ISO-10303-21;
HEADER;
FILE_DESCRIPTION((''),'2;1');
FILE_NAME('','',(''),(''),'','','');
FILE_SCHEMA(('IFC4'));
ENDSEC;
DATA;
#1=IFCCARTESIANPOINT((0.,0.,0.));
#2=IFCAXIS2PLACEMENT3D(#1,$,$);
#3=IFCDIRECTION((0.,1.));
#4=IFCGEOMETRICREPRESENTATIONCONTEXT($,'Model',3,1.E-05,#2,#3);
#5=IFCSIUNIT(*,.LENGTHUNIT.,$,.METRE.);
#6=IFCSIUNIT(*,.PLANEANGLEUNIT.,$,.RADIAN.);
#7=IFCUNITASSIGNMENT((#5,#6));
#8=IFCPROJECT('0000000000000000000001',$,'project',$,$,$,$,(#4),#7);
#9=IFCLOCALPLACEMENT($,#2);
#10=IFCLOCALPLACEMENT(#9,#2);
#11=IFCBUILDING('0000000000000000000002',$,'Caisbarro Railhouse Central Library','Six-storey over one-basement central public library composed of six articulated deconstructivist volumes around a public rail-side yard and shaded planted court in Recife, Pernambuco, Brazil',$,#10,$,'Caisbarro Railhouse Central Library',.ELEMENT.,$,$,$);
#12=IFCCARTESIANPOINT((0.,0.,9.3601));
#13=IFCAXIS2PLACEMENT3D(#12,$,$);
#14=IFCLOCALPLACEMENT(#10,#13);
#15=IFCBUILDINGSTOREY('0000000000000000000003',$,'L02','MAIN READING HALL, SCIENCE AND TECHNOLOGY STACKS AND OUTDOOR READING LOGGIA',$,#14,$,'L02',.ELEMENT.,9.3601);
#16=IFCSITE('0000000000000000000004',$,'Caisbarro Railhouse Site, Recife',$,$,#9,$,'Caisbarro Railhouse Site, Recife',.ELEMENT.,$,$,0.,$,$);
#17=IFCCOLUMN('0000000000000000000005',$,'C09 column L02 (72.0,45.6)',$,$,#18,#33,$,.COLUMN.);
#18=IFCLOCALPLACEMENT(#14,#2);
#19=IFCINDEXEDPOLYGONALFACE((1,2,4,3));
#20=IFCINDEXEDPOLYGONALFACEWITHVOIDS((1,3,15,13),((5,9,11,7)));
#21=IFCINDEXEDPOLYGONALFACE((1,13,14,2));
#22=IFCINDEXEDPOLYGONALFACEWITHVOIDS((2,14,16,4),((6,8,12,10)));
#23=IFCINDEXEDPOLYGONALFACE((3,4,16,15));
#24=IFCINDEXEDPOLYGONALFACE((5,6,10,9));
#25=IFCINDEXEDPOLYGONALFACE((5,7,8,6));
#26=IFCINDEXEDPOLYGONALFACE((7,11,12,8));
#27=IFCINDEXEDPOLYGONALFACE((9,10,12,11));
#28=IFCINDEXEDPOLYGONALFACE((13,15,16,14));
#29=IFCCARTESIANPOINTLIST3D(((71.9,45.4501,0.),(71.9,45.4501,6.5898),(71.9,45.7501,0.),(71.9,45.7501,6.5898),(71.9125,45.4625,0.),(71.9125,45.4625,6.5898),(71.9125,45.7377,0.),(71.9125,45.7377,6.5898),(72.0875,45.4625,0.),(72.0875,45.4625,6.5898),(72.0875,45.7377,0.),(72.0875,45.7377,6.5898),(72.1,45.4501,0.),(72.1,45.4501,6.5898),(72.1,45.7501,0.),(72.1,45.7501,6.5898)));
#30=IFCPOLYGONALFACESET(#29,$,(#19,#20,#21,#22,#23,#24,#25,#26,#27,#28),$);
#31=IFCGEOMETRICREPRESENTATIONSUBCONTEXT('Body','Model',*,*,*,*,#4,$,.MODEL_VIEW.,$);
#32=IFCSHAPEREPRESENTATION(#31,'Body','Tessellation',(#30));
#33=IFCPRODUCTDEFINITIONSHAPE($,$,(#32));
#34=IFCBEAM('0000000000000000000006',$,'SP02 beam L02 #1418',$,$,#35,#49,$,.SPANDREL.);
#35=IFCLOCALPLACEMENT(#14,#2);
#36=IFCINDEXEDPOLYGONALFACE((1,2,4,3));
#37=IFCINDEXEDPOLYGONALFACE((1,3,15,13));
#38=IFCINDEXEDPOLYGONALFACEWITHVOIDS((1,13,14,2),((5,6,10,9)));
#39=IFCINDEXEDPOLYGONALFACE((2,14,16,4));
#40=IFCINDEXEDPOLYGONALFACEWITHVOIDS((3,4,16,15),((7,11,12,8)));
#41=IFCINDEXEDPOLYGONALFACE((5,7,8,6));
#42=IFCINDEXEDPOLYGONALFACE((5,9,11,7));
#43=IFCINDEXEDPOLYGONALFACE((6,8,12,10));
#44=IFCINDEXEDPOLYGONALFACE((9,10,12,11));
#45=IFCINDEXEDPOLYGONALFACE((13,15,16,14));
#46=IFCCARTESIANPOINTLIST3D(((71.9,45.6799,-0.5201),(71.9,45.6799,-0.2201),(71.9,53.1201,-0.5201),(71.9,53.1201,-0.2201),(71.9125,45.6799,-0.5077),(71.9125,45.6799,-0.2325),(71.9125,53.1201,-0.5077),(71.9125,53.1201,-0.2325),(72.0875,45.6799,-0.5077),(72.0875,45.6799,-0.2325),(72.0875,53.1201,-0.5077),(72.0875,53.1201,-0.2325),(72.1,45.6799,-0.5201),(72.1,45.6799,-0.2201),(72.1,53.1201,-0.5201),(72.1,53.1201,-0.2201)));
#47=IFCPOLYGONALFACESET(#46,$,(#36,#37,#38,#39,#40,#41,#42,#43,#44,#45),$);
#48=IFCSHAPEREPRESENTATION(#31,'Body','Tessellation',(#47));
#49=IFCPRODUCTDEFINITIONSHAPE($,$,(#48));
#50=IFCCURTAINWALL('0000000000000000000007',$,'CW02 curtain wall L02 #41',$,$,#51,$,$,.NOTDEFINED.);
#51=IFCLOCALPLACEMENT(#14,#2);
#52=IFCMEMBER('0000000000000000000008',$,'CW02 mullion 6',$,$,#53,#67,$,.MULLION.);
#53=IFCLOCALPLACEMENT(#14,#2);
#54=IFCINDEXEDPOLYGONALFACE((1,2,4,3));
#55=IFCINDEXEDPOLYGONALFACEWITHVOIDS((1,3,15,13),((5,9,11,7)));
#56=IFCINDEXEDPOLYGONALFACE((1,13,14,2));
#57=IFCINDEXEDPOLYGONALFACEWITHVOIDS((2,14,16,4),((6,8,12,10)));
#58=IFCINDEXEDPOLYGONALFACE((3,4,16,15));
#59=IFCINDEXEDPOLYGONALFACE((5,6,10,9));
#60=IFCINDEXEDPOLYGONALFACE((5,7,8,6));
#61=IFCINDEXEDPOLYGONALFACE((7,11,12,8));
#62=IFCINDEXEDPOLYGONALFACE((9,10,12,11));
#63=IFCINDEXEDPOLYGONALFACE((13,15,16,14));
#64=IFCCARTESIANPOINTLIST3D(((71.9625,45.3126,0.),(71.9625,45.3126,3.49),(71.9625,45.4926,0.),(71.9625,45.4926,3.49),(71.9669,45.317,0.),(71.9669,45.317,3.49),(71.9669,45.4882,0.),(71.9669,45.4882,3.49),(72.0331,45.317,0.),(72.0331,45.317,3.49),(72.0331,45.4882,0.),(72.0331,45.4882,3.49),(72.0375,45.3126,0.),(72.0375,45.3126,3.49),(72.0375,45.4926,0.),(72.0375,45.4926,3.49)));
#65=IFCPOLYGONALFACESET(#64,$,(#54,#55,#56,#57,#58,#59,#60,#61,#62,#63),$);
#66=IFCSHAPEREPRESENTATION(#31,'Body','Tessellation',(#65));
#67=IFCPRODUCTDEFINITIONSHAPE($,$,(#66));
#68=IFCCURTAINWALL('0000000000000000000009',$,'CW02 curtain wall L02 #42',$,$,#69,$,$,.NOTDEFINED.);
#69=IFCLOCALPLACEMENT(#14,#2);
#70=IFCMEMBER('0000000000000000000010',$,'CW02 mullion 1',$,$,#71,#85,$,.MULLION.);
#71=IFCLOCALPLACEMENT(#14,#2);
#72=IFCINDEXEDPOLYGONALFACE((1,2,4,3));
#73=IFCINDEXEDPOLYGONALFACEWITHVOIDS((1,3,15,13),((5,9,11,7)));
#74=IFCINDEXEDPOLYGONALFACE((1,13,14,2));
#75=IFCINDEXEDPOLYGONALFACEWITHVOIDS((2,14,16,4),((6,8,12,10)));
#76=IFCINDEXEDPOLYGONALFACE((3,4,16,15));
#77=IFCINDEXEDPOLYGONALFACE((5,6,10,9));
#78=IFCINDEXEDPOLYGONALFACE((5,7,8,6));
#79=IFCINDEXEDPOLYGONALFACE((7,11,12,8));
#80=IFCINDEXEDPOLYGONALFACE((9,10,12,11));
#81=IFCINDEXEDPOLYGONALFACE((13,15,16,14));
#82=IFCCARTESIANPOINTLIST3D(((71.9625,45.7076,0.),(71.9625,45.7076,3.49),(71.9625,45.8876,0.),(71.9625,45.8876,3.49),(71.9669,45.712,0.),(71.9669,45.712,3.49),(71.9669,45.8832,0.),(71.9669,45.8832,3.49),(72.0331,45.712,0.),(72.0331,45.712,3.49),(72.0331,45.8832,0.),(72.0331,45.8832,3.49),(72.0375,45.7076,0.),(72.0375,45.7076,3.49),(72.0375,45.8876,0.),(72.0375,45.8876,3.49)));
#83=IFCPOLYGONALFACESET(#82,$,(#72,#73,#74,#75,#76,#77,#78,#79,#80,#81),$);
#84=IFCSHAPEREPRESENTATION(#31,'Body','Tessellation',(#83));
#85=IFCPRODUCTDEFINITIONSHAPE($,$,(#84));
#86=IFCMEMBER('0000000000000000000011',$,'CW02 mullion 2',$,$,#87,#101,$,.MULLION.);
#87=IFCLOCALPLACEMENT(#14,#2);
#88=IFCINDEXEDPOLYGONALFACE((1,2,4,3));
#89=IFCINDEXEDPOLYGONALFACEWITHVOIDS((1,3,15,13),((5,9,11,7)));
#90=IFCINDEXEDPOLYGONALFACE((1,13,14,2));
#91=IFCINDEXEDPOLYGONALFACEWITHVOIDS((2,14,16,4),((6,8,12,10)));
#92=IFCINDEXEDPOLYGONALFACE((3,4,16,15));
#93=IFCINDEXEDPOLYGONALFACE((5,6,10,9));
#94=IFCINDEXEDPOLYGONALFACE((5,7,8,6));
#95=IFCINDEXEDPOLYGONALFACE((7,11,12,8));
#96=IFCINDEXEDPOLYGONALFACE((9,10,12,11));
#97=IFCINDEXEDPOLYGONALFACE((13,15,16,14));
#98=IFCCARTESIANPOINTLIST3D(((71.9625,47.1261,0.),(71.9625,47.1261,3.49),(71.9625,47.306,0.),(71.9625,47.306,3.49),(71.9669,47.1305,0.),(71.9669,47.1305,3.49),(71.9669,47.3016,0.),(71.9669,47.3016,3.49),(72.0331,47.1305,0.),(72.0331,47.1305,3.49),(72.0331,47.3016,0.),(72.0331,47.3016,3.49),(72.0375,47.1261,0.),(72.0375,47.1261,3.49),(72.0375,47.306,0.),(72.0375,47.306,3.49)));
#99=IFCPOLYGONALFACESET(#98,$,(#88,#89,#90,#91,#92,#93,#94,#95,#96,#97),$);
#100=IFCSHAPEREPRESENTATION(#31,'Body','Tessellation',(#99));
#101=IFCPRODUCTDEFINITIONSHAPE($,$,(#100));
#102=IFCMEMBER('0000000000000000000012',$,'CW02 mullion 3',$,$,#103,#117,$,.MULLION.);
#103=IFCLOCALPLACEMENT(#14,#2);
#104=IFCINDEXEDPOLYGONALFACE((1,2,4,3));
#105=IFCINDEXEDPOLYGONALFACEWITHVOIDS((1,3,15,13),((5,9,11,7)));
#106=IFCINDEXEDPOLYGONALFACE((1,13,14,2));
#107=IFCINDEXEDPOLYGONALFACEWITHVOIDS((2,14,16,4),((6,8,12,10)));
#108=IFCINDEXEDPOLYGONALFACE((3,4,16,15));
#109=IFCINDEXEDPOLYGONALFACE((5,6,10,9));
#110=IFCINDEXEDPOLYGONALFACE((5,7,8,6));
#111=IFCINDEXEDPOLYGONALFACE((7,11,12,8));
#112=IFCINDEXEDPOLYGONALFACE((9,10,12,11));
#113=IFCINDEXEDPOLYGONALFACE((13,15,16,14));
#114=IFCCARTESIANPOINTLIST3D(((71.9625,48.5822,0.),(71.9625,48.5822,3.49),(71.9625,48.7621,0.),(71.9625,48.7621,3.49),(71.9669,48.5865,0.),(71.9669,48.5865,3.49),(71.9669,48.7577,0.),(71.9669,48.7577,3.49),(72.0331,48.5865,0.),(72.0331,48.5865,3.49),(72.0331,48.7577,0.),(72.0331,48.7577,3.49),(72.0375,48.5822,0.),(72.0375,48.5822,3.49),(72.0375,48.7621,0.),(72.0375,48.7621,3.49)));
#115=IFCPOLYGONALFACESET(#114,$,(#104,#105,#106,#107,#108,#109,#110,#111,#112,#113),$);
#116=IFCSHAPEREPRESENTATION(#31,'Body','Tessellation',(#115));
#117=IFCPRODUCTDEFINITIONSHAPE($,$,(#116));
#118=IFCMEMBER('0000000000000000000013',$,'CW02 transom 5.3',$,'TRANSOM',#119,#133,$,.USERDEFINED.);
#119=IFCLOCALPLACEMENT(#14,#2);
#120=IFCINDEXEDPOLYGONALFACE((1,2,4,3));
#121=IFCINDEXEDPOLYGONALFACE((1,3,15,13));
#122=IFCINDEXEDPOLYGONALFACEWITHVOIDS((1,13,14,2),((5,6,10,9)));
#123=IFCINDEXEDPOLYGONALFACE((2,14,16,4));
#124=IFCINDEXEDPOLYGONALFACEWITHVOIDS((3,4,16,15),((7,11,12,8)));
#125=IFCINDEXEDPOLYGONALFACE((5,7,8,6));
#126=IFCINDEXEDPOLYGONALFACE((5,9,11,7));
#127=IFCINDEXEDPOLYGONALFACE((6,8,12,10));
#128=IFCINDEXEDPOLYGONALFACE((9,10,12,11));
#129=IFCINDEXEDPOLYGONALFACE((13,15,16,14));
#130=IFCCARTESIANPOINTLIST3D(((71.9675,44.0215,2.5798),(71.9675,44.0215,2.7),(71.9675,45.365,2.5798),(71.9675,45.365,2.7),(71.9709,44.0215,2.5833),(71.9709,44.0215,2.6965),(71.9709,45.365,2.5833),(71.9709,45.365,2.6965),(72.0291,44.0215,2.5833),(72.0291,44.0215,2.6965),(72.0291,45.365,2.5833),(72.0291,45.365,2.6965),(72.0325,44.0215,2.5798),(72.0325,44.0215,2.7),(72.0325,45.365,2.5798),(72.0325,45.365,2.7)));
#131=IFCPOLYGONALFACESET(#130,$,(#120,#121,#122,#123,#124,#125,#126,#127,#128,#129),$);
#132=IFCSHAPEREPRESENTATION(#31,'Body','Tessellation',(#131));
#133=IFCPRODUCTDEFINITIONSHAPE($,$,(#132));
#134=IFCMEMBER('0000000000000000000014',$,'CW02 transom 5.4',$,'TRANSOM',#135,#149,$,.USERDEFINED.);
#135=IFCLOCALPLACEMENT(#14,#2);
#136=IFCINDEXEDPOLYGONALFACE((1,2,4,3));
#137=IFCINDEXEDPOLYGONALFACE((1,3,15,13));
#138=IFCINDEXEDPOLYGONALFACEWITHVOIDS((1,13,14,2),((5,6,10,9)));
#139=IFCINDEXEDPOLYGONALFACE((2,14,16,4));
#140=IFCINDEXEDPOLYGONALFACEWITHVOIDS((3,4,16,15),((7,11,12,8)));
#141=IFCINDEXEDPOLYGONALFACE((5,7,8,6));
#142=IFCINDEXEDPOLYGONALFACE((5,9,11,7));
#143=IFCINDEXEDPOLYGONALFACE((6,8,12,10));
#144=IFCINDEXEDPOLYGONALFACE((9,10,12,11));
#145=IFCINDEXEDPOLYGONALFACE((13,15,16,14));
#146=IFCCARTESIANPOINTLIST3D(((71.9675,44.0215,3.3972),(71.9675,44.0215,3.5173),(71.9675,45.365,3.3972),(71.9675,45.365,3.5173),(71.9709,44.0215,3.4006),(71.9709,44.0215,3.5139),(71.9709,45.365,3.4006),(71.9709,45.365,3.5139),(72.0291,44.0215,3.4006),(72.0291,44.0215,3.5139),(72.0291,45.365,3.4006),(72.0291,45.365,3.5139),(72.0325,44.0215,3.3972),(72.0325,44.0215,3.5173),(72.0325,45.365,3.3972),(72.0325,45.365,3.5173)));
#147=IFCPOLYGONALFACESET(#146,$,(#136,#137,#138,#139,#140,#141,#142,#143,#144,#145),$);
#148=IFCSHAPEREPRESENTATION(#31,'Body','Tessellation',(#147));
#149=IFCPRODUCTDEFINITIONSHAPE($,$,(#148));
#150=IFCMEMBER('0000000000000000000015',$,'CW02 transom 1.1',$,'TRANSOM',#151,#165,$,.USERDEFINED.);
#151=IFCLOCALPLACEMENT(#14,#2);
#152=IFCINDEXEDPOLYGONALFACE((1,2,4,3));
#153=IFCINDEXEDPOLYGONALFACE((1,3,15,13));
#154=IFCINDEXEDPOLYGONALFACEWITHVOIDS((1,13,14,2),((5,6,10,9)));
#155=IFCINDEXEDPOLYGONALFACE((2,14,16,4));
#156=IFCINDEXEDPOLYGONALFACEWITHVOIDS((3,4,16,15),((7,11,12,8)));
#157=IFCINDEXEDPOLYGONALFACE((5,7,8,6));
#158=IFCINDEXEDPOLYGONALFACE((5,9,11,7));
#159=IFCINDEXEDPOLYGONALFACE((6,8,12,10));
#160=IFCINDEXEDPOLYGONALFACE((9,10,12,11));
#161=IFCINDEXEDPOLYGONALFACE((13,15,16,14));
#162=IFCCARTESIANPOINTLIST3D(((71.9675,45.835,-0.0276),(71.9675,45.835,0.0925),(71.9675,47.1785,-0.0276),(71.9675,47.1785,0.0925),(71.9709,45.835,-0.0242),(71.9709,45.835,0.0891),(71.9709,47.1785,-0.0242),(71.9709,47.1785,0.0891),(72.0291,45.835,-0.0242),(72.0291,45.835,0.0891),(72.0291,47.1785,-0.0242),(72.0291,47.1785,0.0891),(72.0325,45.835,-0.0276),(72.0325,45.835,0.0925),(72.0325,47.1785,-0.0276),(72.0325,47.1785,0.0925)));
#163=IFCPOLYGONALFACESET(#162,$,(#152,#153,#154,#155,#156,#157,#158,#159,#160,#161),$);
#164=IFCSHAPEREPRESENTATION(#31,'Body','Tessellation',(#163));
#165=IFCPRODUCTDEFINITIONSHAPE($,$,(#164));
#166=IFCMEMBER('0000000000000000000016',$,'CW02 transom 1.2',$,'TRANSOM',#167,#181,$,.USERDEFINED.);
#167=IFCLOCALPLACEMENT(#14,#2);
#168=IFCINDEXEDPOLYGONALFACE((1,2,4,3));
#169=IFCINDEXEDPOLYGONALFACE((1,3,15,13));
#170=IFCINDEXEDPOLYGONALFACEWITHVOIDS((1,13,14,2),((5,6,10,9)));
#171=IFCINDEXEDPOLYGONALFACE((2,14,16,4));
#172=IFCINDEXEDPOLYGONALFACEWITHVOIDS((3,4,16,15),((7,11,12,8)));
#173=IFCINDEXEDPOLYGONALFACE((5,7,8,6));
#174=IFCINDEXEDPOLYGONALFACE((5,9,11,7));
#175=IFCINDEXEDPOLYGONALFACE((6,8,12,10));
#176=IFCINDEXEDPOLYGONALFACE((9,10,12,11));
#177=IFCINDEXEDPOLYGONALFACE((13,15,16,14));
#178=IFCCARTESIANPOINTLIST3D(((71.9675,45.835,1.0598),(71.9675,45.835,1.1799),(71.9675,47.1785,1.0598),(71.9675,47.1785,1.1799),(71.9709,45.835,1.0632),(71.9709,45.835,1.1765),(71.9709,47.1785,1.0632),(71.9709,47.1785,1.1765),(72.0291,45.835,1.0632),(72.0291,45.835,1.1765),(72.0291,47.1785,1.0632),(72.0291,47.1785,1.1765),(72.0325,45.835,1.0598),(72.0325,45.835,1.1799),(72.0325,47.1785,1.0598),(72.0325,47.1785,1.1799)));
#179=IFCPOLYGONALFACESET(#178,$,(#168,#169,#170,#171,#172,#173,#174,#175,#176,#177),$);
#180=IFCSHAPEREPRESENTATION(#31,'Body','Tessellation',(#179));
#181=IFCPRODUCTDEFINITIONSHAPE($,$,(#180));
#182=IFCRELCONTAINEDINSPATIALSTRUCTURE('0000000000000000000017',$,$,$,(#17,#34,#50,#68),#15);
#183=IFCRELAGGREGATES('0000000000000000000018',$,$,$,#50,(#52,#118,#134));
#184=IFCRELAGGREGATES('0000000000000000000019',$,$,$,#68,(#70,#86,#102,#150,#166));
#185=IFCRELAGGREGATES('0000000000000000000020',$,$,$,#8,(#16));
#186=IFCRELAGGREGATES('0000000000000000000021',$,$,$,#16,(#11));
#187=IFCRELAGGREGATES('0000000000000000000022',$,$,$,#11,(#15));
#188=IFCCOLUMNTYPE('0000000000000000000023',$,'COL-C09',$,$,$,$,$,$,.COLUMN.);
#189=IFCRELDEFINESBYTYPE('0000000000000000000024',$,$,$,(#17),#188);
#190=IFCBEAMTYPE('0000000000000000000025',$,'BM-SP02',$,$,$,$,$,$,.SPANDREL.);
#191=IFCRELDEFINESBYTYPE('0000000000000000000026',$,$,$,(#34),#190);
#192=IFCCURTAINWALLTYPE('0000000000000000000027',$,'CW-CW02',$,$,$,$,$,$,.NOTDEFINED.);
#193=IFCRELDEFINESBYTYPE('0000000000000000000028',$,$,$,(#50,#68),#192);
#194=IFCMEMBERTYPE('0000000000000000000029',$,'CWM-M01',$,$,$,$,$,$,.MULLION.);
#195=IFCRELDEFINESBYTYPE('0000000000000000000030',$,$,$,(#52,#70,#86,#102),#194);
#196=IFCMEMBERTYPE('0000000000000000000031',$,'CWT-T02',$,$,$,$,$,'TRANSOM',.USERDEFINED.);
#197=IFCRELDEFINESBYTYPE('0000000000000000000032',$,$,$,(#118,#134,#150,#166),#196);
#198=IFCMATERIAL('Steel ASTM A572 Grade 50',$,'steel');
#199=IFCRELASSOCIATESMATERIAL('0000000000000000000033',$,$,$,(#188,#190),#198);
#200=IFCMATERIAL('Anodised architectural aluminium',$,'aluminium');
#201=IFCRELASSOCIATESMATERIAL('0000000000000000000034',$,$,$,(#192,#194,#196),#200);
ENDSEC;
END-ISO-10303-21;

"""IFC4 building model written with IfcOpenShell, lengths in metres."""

from ifc_helpers import new_model, si_unit, direction, frame, origin, origin_2d, place, context, subcontext, project, spatial, hollow_rectangle, extrude, material, material_profile, profile_set, type_object, element, aggregate, save


model = new_model("IFC4")

# Units and contexts
model_context = context("Model", 3, precision=1e-05, world=origin(), true_north=direction((0.0, 1.0)))
body_context = subcontext(model_context, "Body", "Model", "MODEL_VIEW")
ifc_project = project(units=[si_unit("LENGTHUNIT", "METRE"), si_unit("PLANEANGLEUNIT", "RADIAN")], contexts=[model_context])

# Site, building, storey
site_placement = place(None, origin())
site = spatial("IfcSite", under=ifc_project, at=site_placement, Name="Caisbarro Railhouse Site, Recife", LongName="Caisbarro Railhouse Site, Recife", CompositionType="ELEMENT", RefElevation=0.0)
building_placement = place(site_placement, origin())
building = spatial("IfcBuilding", under=site, at=building_placement, Name="Caisbarro Railhouse Central Library", Description="Six-storey over one-basement central public library composed of six articulated deconstructivist volumes around a public rail-side yard and shaded planted court in Recife, Pernambuco, Brazil", LongName="Caisbarro Railhouse Central Library", CompositionType="ELEMENT")
storey_placement = place(building_placement, frame((0.0, 0.0, 9.3601)))
storey = spatial("IfcBuildingStorey", under=building, at=storey_placement, Name="L02", Description="MAIN READING HALL, SCIENCE AND TECHNOLOGY STACKS AND OUTDOOR READING LOGGIA", LongName="L02", CompositionType="ELEMENT", Elevation=9.3601)

# Column
ifc_material_1 = material(Name="Steel ASTM A572 Grade 50", Category="steel")
ifc_material_profile_1 = material_profile(ifc_material_1, hollow_rectangle(XDim=0.2, YDim=0.3, WallThickness=0.0125, at=origin_2d()), Name="HSS300X200X12.5")
ifc_profile_set_1 = profile_set([ifc_material_profile_1], Name="Steel ASTM A572 Grade 50")
column_type = type_object("IfcColumnType", Name="COL-C09", PredefinedType="COLUMN", material=ifc_profile_set_1)
column_placement = place(storey_placement, frame((72.0, 45.6001, 0.0), z_axis=(0.0, 0.0, 1.0), x_axis=(1.0, 0.0, 0.0)))
element("IfcColumn", 1, at=column_placement, inside=storey, type_object=column_type, Name="C09 column L02 (72.0,45.6)", PredefinedType="COLUMN", context=body_context, shape_type="SweptSolid", body=[
    extrude(hollow_rectangle(XDim=0.2, YDim=0.3, WallThickness=0.0125, at=origin_2d()), origin(), (0.0, 0.0, 1.0), 6.5898),
])

# Beam
ifc_material_profile_2 = material_profile(ifc_material_1, hollow_rectangle(XDim=0.2, YDim=0.3, WallThickness=0.0125, at=origin_2d()), Name="HSS300X200X12.5")
ifc_profile_set_2 = profile_set([ifc_material_profile_2], Name="Steel ASTM A572 Grade 50")
beam_type = type_object("IfcBeamType", Name="BM-SP02", PredefinedType="SPANDREL", material=ifc_profile_set_2)
beam_placement = place(storey_placement, frame((72.0, 45.6799, -0.3701), z_axis=(0.0, 1.0, 0.0), x_axis=(-1.0, 0.0, 0.0)))
element("IfcBeam", 2, at=beam_placement, inside=storey, type_object=beam_type, Name="SP02 beam L02 #1418", PredefinedType="SPANDREL", context=body_context, shape_type="SweptSolid", body=[
    extrude(hollow_rectangle(XDim=0.2, YDim=0.3, WallThickness=0.0125, at=origin_2d()), origin(), (0.0, 0.0, 1.0), 7.4402),
])

# Curtain wall, member
ifc_material_2 = material(Name="Anodised architectural aluminium", Category="aluminium")
curtain_wall_type = type_object("IfcCurtainWallType", Name="CW-CW02", PredefinedType="NOTDEFINED", material=ifc_material_2)
curtain_wall_1_placement = place(storey_placement, origin())
curtain_wall_1 = element("IfcCurtainWall", 3, at=curtain_wall_1_placement, inside=storey, type_object=curtain_wall_type, Name="CW02 curtain wall L02 #41", PredefinedType="NOTDEFINED")
ifc_material_profile_3 = material_profile(ifc_material_2, hollow_rectangle(XDim=0.075, YDim=0.1799, WallThickness=0.0044, at=origin_2d()), Name="ALU-MUL-75X180")
ifc_profile_set_3 = profile_set([ifc_material_profile_3], Name="Anodised architectural aluminium")
member_type_1 = type_object("IfcMemberType", Name="CWM-M01", PredefinedType="MULLION", material=ifc_profile_set_3)
member_1_placement = place(storey_placement, frame((72.0, 45.4026, 0.0), z_axis=(0.0, 0.0, 1.0), x_axis=(-1.0, 0.0, 0.0)))
member_1 = element("IfcMember", 4, at=member_1_placement, type_object=member_type_1, Name="CW02 mullion 6", PredefinedType="MULLION", context=body_context, shape_type="SweptSolid", body=[
    extrude(hollow_rectangle(XDim=0.075, YDim=0.1799, WallThickness=0.0044, at=origin_2d()), origin(), (0.0, 0.0, 1.0), 3.49),
])

# Curtain wall, members
curtain_wall_2_placement = place(storey_placement, origin())
curtain_wall_2 = element("IfcCurtainWall", 5, at=curtain_wall_2_placement, inside=storey, type_object=curtain_wall_type, Name="CW02 curtain wall L02 #42", PredefinedType="NOTDEFINED")
member_2_placement = place(storey_placement, frame((72.0, 45.7976, 0.0), z_axis=(0.0, 0.0, 1.0), x_axis=(-1.0, 0.0, 0.0)))
member_2 = element("IfcMember", 6, at=member_2_placement, type_object=member_type_1, Name="CW02 mullion 1", PredefinedType="MULLION", context=body_context, shape_type="SweptSolid", body=[
    extrude(hollow_rectangle(XDim=0.075, YDim=0.1799, WallThickness=0.0044, at=origin_2d()), origin(), (0.0, 0.0, 1.0), 3.49),
])
member_3_placement = place(storey_placement, frame((72.0, 47.2161, 0.0), z_axis=(0.0, 0.0, 1.0), x_axis=(-1.0, 0.0, 0.0)))
member_3 = element("IfcMember", 7, at=member_3_placement, type_object=member_type_1, Name="CW02 mullion 2", PredefinedType="MULLION", context=body_context, shape_type="SweptSolid", body=[
    extrude(hollow_rectangle(XDim=0.075, YDim=0.1799, WallThickness=0.0044, at=origin_2d()), origin(), (0.0, 0.0, 1.0), 3.49),
])
member_4_placement = place(storey_placement, frame((72.0, 48.6721, 0.0), z_axis=(0.0, 0.0, 1.0), x_axis=(-1.0, 0.0, 0.0)))
member_4 = element("IfcMember", 8, at=member_4_placement, type_object=member_type_1, Name="CW02 mullion 3", PredefinedType="MULLION", context=body_context, shape_type="SweptSolid", body=[
    extrude(hollow_rectangle(XDim=0.075, YDim=0.1799, WallThickness=0.0044, at=origin_2d()), origin(), (0.0, 0.0, 1.0), 3.49),
])

# Members
ifc_material_profile_4 = material_profile(ifc_material_2, hollow_rectangle(XDim=0.0649, YDim=0.1201, WallThickness=0.0034, at=origin_2d()), Name="ALU-TRN-65X120")
ifc_profile_set_4 = profile_set([ifc_material_profile_4], Name="Anodised architectural aluminium")
member_type_2 = type_object("IfcMemberType", Name="CWT-T02", ElementType="TRANSOM", PredefinedType="USERDEFINED", material=ifc_profile_set_4)
member_5_placement = place(storey_placement, frame((72.0, 44.0215, 2.6399), z_axis=(0.0, 1.0, 0.0), x_axis=(-1.0, 0.0, 0.0)))
member_5 = element("IfcMember", 9, at=member_5_placement, type_object=member_type_2, Name="CW02 transom 5.3", ObjectType="TRANSOM", PredefinedType="USERDEFINED", context=body_context, shape_type="SweptSolid", body=[
    extrude(hollow_rectangle(XDim=0.0649, YDim=0.1201, WallThickness=0.0034, at=origin_2d()), origin(), (0.0, 0.0, 1.0), 1.3435),
])
member_6_placement = place(storey_placement, frame((72.0, 44.0215, 3.4573), z_axis=(0.0, 1.0, 0.0), x_axis=(-1.0, 0.0, 0.0)))
member_6 = element("IfcMember", 10, at=member_6_placement, type_object=member_type_2, Name="CW02 transom 5.4", ObjectType="TRANSOM", PredefinedType="USERDEFINED", context=body_context, shape_type="SweptSolid", body=[
    extrude(hollow_rectangle(XDim=0.0649, YDim=0.1201, WallThickness=0.0034, at=origin_2d()), origin(), (0.0, 0.0, 1.0), 1.3435),
])
member_7_placement = place(storey_placement, frame((72.0, 45.835, 0.0325), z_axis=(0.0, 1.0, 0.0), x_axis=(-1.0, 0.0, 0.0)))
member_7 = element("IfcMember", 11, at=member_7_placement, type_object=member_type_2, Name="CW02 transom 1.1", ObjectType="TRANSOM", PredefinedType="USERDEFINED", context=body_context, shape_type="SweptSolid", body=[
    extrude(hollow_rectangle(XDim=0.0649, YDim=0.1201, WallThickness=0.0034, at=origin_2d()), origin(), (0.0, 0.0, 1.0), 1.3435),
])
member_8_placement = place(storey_placement, frame((72.0, 45.835, 1.1199), z_axis=(0.0, 1.0, 0.0), x_axis=(-1.0, 0.0, 0.0)))
member_8 = element("IfcMember", 12, at=member_8_placement, type_object=member_type_2, Name="CW02 transom 1.2", ObjectType="TRANSOM", PredefinedType="USERDEFINED", context=body_context, shape_type="SweptSolid", body=[
    extrude(hollow_rectangle(XDim=0.0649, YDim=0.1201, WallThickness=0.0034, at=origin_2d()), origin(), (0.0, 0.0, 1.0), 1.3435),
])

aggregate(curtain_wall_1, [member_1, member_5, member_6])
aggregate(curtain_wall_2, [member_2, member_3, member_4, member_7, member_8])

save(model, "model.ifc")
